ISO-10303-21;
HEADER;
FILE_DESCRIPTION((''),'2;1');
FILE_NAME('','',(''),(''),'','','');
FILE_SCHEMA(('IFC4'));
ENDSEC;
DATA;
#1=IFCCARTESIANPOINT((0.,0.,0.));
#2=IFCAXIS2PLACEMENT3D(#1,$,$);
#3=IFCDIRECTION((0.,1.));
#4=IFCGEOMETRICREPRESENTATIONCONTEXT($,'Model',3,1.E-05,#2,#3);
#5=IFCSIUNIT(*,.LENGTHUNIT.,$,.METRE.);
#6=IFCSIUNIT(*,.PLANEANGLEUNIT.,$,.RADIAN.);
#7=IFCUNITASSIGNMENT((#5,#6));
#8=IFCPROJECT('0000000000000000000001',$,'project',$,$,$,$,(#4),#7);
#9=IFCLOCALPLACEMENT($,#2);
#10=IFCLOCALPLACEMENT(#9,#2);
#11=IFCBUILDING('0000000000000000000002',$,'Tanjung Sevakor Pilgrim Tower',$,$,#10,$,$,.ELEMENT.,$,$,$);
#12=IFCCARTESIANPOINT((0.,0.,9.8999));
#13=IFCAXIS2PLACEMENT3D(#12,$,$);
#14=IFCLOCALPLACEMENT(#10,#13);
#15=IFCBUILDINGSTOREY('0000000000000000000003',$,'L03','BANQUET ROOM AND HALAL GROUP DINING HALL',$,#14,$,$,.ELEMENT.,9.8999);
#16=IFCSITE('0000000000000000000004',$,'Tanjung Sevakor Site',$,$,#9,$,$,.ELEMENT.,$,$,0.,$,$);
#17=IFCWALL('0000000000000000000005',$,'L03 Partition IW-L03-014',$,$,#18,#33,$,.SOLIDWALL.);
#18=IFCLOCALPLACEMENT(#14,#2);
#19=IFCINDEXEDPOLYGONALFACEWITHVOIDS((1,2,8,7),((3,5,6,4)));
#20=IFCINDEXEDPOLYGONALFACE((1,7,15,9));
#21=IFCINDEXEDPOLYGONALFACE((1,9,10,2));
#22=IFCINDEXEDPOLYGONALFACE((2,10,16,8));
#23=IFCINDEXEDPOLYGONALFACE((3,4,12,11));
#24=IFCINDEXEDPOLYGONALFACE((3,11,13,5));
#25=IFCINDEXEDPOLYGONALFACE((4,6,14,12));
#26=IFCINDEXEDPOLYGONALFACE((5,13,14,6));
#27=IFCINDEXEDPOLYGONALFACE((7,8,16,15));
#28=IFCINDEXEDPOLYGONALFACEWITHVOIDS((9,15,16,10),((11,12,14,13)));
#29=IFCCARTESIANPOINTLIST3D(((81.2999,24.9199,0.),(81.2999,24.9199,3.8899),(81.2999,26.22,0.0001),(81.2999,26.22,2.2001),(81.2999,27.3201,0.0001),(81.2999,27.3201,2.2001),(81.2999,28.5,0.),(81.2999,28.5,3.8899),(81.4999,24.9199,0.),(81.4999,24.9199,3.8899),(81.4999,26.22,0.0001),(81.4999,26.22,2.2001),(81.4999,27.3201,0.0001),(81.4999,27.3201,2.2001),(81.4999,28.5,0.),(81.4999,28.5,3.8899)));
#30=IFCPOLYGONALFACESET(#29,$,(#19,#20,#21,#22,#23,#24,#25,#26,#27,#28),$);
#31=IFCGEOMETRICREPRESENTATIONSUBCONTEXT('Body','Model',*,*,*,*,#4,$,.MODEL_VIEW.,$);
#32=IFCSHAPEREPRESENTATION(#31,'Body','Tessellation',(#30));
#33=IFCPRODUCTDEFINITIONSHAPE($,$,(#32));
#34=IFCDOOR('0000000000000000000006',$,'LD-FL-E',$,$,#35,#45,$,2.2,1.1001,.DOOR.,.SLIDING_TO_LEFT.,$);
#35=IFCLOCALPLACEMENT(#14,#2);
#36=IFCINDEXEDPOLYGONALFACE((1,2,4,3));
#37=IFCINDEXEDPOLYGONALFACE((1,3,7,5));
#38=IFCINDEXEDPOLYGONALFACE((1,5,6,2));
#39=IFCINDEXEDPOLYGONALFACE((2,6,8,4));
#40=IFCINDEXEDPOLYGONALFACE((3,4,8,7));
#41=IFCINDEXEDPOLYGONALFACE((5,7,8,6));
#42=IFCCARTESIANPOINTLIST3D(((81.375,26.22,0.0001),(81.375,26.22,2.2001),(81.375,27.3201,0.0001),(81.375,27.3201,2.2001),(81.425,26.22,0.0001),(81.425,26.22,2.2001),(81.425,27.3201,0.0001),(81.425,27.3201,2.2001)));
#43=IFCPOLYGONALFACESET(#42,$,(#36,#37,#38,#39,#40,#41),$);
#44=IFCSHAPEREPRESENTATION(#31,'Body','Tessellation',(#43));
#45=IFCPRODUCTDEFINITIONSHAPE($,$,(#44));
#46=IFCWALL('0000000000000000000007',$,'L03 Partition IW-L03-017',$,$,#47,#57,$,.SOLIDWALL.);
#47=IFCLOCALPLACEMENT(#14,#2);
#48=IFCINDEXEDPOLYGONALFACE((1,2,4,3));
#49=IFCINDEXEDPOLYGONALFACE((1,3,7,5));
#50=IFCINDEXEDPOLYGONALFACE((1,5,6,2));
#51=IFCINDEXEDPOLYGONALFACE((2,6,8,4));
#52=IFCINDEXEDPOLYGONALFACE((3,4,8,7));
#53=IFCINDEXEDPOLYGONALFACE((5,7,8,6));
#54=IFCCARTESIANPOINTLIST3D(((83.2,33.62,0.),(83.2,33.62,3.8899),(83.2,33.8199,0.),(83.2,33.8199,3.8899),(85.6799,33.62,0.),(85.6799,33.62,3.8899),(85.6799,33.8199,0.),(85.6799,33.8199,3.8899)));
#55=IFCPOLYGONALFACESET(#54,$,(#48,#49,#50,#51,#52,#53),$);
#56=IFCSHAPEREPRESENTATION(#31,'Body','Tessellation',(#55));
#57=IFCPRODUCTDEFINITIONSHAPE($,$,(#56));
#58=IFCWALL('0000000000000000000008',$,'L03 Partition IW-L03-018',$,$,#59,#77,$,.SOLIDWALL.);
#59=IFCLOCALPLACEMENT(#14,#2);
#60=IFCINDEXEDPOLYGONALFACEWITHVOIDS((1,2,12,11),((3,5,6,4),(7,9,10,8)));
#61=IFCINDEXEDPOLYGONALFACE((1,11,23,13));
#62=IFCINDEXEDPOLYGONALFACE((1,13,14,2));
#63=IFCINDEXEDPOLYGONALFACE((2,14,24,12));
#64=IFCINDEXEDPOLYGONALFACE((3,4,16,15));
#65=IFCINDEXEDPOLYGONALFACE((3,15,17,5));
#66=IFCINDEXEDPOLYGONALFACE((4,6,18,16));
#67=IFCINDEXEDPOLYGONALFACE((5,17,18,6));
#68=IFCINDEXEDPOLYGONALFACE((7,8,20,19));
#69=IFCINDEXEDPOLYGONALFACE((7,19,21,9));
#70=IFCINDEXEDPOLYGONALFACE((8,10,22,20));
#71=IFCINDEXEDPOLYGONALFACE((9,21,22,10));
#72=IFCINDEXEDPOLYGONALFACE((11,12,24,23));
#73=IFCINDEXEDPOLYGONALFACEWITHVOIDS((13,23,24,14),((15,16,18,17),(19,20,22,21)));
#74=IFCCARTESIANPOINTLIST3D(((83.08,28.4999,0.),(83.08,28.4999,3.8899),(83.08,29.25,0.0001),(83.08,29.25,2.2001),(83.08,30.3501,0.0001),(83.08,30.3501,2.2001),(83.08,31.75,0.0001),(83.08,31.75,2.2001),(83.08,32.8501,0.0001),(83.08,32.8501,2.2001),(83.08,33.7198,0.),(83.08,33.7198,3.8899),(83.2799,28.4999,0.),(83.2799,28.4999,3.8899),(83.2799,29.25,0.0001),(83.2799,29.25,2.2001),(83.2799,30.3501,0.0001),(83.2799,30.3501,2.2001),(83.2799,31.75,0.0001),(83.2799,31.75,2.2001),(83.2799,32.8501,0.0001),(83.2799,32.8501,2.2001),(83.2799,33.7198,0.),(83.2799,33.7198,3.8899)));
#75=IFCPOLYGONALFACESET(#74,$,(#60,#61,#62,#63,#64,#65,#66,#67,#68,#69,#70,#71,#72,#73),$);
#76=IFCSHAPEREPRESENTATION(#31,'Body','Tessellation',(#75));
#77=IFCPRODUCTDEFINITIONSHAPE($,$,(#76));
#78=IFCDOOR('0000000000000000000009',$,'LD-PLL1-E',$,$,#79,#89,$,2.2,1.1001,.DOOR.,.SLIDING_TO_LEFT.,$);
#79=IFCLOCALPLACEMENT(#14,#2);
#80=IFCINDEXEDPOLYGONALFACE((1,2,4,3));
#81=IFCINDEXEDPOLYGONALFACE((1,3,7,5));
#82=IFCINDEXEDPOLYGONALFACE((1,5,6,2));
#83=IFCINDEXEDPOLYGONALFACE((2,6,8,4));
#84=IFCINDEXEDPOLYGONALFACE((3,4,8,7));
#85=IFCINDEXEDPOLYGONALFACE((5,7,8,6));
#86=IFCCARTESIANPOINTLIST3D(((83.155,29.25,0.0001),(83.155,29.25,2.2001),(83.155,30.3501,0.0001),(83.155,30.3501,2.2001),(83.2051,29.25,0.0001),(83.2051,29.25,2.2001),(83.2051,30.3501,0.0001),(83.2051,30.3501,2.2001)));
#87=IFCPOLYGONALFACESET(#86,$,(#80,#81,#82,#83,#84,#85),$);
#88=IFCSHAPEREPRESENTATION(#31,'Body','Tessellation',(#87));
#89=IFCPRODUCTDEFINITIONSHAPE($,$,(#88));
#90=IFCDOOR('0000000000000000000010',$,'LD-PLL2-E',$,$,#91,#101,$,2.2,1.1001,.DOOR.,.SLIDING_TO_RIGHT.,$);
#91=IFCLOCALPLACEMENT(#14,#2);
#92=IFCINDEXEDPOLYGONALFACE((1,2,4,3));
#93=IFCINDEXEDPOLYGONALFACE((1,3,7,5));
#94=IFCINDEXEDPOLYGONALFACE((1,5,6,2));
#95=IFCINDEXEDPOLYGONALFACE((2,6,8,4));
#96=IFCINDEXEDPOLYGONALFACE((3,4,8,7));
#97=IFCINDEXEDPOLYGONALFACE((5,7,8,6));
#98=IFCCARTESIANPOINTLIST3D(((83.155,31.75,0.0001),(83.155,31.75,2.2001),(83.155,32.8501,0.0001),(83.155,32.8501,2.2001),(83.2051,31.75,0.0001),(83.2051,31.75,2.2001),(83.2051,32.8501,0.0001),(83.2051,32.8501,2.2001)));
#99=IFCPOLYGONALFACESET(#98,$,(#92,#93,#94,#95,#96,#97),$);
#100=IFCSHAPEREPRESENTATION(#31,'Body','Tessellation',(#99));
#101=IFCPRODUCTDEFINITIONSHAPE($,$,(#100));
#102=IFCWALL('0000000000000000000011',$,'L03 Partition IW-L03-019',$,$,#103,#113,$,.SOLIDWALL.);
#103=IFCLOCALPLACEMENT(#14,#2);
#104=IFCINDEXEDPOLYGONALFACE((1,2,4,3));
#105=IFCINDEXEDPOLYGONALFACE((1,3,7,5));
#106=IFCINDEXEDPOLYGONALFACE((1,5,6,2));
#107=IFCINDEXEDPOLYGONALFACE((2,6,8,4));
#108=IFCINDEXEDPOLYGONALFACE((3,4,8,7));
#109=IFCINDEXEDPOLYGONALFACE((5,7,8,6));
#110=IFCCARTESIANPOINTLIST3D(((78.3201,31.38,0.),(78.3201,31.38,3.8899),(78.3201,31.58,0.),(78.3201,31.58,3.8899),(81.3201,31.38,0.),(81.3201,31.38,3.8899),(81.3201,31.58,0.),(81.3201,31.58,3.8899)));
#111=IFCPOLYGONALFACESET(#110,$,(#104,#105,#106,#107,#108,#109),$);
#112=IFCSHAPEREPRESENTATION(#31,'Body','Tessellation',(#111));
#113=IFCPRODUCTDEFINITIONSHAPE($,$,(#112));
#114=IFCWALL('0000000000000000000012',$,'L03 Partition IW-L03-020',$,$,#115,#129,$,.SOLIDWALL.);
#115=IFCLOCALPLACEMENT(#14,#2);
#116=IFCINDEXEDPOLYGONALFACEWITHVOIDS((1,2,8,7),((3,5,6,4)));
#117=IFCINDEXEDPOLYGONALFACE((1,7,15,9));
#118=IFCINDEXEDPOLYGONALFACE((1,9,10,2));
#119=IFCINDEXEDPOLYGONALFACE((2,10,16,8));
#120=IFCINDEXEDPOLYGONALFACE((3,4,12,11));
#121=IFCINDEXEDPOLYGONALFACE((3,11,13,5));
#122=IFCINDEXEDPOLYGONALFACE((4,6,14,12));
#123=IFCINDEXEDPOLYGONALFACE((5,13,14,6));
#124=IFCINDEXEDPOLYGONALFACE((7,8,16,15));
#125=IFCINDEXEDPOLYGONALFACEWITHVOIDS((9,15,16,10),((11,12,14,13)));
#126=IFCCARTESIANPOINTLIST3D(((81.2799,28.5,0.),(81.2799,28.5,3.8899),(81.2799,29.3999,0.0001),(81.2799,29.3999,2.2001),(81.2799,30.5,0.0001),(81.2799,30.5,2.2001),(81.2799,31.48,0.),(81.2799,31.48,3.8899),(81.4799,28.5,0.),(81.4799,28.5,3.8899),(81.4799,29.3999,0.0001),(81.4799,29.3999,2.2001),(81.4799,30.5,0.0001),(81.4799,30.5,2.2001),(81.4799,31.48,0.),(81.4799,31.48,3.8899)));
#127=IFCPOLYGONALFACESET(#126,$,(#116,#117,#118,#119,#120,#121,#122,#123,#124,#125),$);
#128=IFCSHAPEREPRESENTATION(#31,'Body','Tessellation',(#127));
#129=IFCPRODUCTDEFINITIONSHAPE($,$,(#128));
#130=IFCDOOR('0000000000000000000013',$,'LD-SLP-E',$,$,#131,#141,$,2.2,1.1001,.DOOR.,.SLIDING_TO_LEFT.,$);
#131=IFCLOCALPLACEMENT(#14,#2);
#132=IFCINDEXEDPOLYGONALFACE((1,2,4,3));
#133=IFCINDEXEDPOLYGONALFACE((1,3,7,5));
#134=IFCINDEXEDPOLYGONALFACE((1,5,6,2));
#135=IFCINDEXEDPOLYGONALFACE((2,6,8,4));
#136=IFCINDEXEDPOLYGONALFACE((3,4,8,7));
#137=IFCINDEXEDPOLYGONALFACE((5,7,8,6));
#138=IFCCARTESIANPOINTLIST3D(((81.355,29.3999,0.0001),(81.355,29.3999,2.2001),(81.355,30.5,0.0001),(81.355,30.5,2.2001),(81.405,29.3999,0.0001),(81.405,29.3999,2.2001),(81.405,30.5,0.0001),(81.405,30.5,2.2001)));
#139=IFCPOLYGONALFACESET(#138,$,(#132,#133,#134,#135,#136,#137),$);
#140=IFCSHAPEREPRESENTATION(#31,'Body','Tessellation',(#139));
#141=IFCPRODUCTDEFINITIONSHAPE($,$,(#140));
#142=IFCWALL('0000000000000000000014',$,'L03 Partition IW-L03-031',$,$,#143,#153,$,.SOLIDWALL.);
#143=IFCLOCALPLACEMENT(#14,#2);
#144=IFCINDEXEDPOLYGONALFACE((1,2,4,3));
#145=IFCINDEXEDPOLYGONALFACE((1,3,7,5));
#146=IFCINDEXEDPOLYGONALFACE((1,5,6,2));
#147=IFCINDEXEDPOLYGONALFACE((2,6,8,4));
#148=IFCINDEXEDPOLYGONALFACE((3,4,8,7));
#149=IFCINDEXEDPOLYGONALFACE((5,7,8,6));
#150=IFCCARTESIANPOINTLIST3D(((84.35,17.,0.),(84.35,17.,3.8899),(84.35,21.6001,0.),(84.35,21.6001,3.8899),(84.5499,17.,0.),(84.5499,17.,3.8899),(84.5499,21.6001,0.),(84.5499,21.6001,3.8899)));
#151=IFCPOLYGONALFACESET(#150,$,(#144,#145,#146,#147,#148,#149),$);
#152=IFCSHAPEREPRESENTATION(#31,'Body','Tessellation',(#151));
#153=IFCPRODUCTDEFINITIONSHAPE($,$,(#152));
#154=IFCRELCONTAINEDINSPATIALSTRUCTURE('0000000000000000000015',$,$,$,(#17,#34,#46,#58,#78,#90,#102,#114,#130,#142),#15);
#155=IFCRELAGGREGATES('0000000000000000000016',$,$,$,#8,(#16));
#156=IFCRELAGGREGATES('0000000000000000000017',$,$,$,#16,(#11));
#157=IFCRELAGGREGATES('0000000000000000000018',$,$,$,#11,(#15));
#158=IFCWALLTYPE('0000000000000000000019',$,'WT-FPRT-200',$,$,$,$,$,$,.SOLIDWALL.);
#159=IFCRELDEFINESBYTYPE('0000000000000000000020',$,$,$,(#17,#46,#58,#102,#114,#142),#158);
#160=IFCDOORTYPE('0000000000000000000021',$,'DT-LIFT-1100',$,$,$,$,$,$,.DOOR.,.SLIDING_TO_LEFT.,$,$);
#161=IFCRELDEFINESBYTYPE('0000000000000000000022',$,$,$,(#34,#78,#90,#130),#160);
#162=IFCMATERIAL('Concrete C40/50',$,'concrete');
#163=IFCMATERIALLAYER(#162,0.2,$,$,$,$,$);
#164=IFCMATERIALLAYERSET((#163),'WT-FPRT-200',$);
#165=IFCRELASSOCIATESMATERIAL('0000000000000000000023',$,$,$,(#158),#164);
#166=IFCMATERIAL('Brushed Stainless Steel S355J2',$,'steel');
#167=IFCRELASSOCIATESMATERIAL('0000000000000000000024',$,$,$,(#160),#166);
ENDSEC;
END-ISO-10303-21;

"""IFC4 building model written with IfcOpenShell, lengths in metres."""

from ifc_helpers import new_model, si_unit, direction, frame, frame_2d, origin, place, context, subcontext, project, spatial, rectangle, extrude, material, layer, layer_set, type_object, element, fill, save


model = new_model("IFC4")

# Units and contexts
model_context = context("Model", 3, precision=1e-05, world=origin(), true_north=direction((0.0, 1.0)))
body_context = subcontext(model_context, "Body", "Model", "MODEL_VIEW")
ifc_project = project(units=[si_unit("LENGTHUNIT", "METRE"), si_unit("PLANEANGLEUNIT", "RADIAN")], contexts=[model_context])

# Site, building, storey
site_placement = place(None, origin())
site = spatial("IfcSite", under=ifc_project, at=site_placement, Name="Tanjung Sevakor Site", CompositionType="ELEMENT", RefElevation=0.0)
building_placement = place(site_placement, origin())
building = spatial("IfcBuilding", under=site, at=building_placement, Name="Tanjung Sevakor Pilgrim Tower", CompositionType="ELEMENT")
storey_placement = place(building_placement, frame((0.0, 0.0, 9.8999)))
storey = spatial("IfcBuildingStorey", under=building, at=storey_placement, Name="L03", Description="BANQUET ROOM AND HALAL GROUP DINING HALL", CompositionType="ELEMENT", Elevation=9.8999)

# Wall, opening, door
ifc_material_1 = material(Name="Concrete C40/50", Category="concrete")
ifc_layer_1 = layer(ifc_material_1, 0.2)
ifc_layer_set_1 = layer_set([ifc_layer_1], Name="WT-FPRT-200")
wall_type_1 = type_object("IfcWallType", Name="WT-FPRT-200", PredefinedType="SOLIDWALL", material=ifc_layer_set_1)
wall_1_placement = place(storey_placement, frame((81.3999, 24.9199, 0.0), z_axis=(0.0, 0.0, 1.0), x_axis=(0.0, 1.0, 0.0)))
wall_1 = element("IfcWall", 1, at=wall_1_placement, inside=storey, type_object=wall_type_1, Name="L03 Partition IW-L03-014", PredefinedType="SOLIDWALL", context=body_context, shape_type="SweptSolid", body=[
    extrude(rectangle(XDim=3.5801, YDim=0.2, at=frame_2d((1.79, 0.0))), origin(), (0.0, 0.0, 1.0), 3.8899),
])
opening_1_placement = place(wall_1_placement, frame((1.3, 0.0, 0.0)))
opening_1 = element("IfcOpeningElement", 2, at=opening_1_placement, cuts=wall_1, PredefinedType="OPENING", context=body_context, shape_type="SweptSolid", body=[
    extrude(rectangle(XDim=1.1001, YDim=2.2, at=frame_2d((0.55, 1.1001))), frame((0.0, 0.1099, 0.0), z_axis=(0.0, -1.0, 0.0), x_axis=(1.0, 0.0, 0.0)), (0.0, 0.0, 1.0), 0.22),
])
ifc_material_2 = material(Name="Brushed Stainless Steel S355J2", Category="steel")
door_type_1 = type_object("IfcDoorType", Name="DT-LIFT-1100", OperationType="SLIDING_TO_LEFT", PredefinedType="DOOR", material=ifc_material_2)
door_1_placement = place(opening_1_placement, origin())
door_1 = element("IfcDoor", 3, at=door_1_placement, inside=storey, type_object=door_type_1, Name="LD-FL-E", OperationType="SLIDING_TO_LEFT", OverallHeight=2.2, OverallWidth=1.1001, PredefinedType="DOOR", context=body_context, shape_type="SweptSolid", body=[
    extrude(rectangle(XDim=1.1001, YDim=2.2, at=frame_2d((0.55, 1.1001))), frame((0.0, 0.0249, 0.0), z_axis=(0.0, -1.0, 0.0), x_axis=(1.0, 0.0, 0.0)), (0.0, 0.0, 1.0), 0.05),
])
fill(opening_1, door_1)

# Wall
wall_2_placement = place(storey_placement, frame((83.2, 33.72, 0.0), z_axis=(0.0, 0.0, 1.0), x_axis=(1.0, 0.0, 0.0)))
element("IfcWall", 4, at=wall_2_placement, inside=storey, type_object=wall_type_1, Name="L03 Partition IW-L03-017", PredefinedType="SOLIDWALL", context=body_context, shape_type="SweptSolid", body=[
    extrude(rectangle(XDim=2.48, YDim=0.2, at=frame_2d((1.24, 0.0))), origin(), (0.0, 0.0, 1.0), 3.8899),
])

# Wall, openings, doors
wall_3_placement = place(storey_placement, frame((83.1799, 28.5, 0.0), z_axis=(0.0, 0.0, 1.0), x_axis=(0.0, 1.0, 0.0)))
wall_3 = element("IfcWall", 5, at=wall_3_placement, inside=storey, type_object=wall_type_1, Name="L03 Partition IW-L03-018", PredefinedType="SOLIDWALL", context=body_context, shape_type="SweptSolid", body=[
    extrude(rectangle(XDim=5.22, YDim=0.2, at=frame_2d((2.6099, 0.0))), origin(), (0.0, 0.0, 1.0), 3.8899),
])
opening_2_placement = place(wall_3_placement, frame((0.75, 0.0, 0.0)))
opening_2 = element("IfcOpeningElement", 6, at=opening_2_placement, cuts=wall_3, PredefinedType="OPENING", context=body_context, shape_type="SweptSolid", body=[
    extrude(rectangle(XDim=1.1001, YDim=2.2, at=frame_2d((0.55, 1.1001))), frame((0.0, 0.1099, 0.0), z_axis=(0.0, -1.0, 0.0), x_axis=(1.0, 0.0, 0.0)), (0.0, 0.0, 1.0), 0.22),
])
opening_3_placement = place(wall_3_placement, frame((3.25, 0.0, 0.0)))
opening_3 = element("IfcOpeningElement", 7, at=opening_3_placement, cuts=wall_3, PredefinedType="OPENING", context=body_context, shape_type="SweptSolid", body=[
    extrude(rectangle(XDim=1.1001, YDim=2.2, at=frame_2d((0.55, 1.1001))), frame((0.0, 0.1099, 0.0), z_axis=(0.0, -1.0, 0.0), x_axis=(1.0, 0.0, 0.0)), (0.0, 0.0, 1.0), 0.22),
])
door_2_placement = place(opening_2_placement, origin())
door_2 = element("IfcDoor", 8, at=door_2_placement, inside=storey, type_object=door_type_1, Name="LD-PLL1-E", OperationType="SLIDING_TO_LEFT", OverallHeight=2.2, OverallWidth=1.1001, PredefinedType="DOOR", context=body_context, shape_type="SweptSolid", body=[
    extrude(rectangle(XDim=1.1001, YDim=2.2, at=frame_2d((0.55, 1.1001))), frame((0.0, 0.0249, 0.0), z_axis=(0.0, -1.0, 0.0), x_axis=(1.0, 0.0, 0.0)), (0.0, 0.0, 1.0), 0.05),
])
fill(opening_2, door_2)
door_3_placement = place(opening_3_placement, origin())
door_3 = element("IfcDoor", 9, at=door_3_placement, inside=storey, type_object=door_type_1, Name="LD-PLL2-E", OperationType="SLIDING_TO_RIGHT", OverallHeight=2.2, OverallWidth=1.1001, PredefinedType="DOOR", context=body_context, shape_type="SweptSolid", body=[
    extrude(rectangle(XDim=1.1001, YDim=2.2, at=frame_2d((0.55, 1.1001))), frame((0.0, 0.0249, 0.0), z_axis=(0.0, -1.0, 0.0), x_axis=(1.0, 0.0, 0.0)), (0.0, 0.0, 1.0), 0.05),
])
fill(opening_3, door_3)

# Wall
wall_4_placement = place(storey_placement, frame((78.3201, 31.48, 0.0), z_axis=(0.0, 0.0, 1.0), x_axis=(1.0, 0.0, 0.0)))
element("IfcWall", 10, at=wall_4_placement, inside=storey, type_object=wall_type_1, Name="L03 Partition IW-L03-019", PredefinedType="SOLIDWALL", context=body_context, shape_type="SweptSolid", body=[
    extrude(rectangle(XDim=3.0, YDim=0.2, at=frame_2d((1.5, 0.0))), origin(), (0.0, 0.0, 1.0), 3.8899),
])

# Wall, opening, door
wall_5_placement = place(storey_placement, frame((81.3799, 28.5, 0.0), z_axis=(0.0, 0.0, 1.0), x_axis=(0.0, 1.0, 0.0)))
wall_5 = element("IfcWall", 11, at=wall_5_placement, inside=storey, type_object=wall_type_1, Name="L03 Partition IW-L03-020", PredefinedType="SOLIDWALL", context=body_context, shape_type="SweptSolid", body=[
    extrude(rectangle(XDim=2.98, YDim=0.2, at=frame_2d((1.49, 0.0))), origin(), (0.0, 0.0, 1.0), 3.8899),
])
opening_4_placement = place(wall_5_placement, frame((0.8999, 0.0, 0.0)))
opening_4 = element("IfcOpeningElement", 12, at=opening_4_placement, cuts=wall_5, PredefinedType="OPENING", context=body_context, shape_type="SweptSolid", body=[
    extrude(rectangle(XDim=1.1001, YDim=2.2, at=frame_2d((0.55, 1.1001))), frame((0.0, 0.1099, 0.0), z_axis=(0.0, -1.0, 0.0), x_axis=(1.0, 0.0, 0.0)), (0.0, 0.0, 1.0), 0.22),
])
door_4_placement = place(opening_4_placement, origin())
door_4 = element("IfcDoor", 13, at=door_4_placement, inside=storey, type_object=door_type_1, Name="LD-SLP-E", OperationType="SLIDING_TO_LEFT", OverallHeight=2.2, OverallWidth=1.1001, PredefinedType="DOOR", context=body_context, shape_type="SweptSolid", body=[
    extrude(rectangle(XDim=1.1001, YDim=2.2, at=frame_2d((0.55, 1.1001))), frame((0.0, 0.0249, 0.0), z_axis=(0.0, -1.0, 0.0), x_axis=(1.0, 0.0, 0.0)), (0.0, 0.0, 1.0), 0.05),
])
fill(opening_4, door_4)

# Wall
wall_6_placement = place(storey_placement, frame((84.45, 17.0, 0.0), z_axis=(0.0, 0.0, 1.0), x_axis=(0.0, 1.0, 0.0)))
element("IfcWall", 14, at=wall_6_placement, inside=storey, type_object=wall_type_1, Name="L03 Partition IW-L03-031", PredefinedType="SOLIDWALL", context=body_context, shape_type="SweptSolid", body=[
    extrude(rectangle(XDim=4.6001, YDim=0.2, at=frame_2d((2.3, 0.0))), origin(), (0.0, 0.0, 1.0), 3.8899),
])

save(model, "model.ifc")
